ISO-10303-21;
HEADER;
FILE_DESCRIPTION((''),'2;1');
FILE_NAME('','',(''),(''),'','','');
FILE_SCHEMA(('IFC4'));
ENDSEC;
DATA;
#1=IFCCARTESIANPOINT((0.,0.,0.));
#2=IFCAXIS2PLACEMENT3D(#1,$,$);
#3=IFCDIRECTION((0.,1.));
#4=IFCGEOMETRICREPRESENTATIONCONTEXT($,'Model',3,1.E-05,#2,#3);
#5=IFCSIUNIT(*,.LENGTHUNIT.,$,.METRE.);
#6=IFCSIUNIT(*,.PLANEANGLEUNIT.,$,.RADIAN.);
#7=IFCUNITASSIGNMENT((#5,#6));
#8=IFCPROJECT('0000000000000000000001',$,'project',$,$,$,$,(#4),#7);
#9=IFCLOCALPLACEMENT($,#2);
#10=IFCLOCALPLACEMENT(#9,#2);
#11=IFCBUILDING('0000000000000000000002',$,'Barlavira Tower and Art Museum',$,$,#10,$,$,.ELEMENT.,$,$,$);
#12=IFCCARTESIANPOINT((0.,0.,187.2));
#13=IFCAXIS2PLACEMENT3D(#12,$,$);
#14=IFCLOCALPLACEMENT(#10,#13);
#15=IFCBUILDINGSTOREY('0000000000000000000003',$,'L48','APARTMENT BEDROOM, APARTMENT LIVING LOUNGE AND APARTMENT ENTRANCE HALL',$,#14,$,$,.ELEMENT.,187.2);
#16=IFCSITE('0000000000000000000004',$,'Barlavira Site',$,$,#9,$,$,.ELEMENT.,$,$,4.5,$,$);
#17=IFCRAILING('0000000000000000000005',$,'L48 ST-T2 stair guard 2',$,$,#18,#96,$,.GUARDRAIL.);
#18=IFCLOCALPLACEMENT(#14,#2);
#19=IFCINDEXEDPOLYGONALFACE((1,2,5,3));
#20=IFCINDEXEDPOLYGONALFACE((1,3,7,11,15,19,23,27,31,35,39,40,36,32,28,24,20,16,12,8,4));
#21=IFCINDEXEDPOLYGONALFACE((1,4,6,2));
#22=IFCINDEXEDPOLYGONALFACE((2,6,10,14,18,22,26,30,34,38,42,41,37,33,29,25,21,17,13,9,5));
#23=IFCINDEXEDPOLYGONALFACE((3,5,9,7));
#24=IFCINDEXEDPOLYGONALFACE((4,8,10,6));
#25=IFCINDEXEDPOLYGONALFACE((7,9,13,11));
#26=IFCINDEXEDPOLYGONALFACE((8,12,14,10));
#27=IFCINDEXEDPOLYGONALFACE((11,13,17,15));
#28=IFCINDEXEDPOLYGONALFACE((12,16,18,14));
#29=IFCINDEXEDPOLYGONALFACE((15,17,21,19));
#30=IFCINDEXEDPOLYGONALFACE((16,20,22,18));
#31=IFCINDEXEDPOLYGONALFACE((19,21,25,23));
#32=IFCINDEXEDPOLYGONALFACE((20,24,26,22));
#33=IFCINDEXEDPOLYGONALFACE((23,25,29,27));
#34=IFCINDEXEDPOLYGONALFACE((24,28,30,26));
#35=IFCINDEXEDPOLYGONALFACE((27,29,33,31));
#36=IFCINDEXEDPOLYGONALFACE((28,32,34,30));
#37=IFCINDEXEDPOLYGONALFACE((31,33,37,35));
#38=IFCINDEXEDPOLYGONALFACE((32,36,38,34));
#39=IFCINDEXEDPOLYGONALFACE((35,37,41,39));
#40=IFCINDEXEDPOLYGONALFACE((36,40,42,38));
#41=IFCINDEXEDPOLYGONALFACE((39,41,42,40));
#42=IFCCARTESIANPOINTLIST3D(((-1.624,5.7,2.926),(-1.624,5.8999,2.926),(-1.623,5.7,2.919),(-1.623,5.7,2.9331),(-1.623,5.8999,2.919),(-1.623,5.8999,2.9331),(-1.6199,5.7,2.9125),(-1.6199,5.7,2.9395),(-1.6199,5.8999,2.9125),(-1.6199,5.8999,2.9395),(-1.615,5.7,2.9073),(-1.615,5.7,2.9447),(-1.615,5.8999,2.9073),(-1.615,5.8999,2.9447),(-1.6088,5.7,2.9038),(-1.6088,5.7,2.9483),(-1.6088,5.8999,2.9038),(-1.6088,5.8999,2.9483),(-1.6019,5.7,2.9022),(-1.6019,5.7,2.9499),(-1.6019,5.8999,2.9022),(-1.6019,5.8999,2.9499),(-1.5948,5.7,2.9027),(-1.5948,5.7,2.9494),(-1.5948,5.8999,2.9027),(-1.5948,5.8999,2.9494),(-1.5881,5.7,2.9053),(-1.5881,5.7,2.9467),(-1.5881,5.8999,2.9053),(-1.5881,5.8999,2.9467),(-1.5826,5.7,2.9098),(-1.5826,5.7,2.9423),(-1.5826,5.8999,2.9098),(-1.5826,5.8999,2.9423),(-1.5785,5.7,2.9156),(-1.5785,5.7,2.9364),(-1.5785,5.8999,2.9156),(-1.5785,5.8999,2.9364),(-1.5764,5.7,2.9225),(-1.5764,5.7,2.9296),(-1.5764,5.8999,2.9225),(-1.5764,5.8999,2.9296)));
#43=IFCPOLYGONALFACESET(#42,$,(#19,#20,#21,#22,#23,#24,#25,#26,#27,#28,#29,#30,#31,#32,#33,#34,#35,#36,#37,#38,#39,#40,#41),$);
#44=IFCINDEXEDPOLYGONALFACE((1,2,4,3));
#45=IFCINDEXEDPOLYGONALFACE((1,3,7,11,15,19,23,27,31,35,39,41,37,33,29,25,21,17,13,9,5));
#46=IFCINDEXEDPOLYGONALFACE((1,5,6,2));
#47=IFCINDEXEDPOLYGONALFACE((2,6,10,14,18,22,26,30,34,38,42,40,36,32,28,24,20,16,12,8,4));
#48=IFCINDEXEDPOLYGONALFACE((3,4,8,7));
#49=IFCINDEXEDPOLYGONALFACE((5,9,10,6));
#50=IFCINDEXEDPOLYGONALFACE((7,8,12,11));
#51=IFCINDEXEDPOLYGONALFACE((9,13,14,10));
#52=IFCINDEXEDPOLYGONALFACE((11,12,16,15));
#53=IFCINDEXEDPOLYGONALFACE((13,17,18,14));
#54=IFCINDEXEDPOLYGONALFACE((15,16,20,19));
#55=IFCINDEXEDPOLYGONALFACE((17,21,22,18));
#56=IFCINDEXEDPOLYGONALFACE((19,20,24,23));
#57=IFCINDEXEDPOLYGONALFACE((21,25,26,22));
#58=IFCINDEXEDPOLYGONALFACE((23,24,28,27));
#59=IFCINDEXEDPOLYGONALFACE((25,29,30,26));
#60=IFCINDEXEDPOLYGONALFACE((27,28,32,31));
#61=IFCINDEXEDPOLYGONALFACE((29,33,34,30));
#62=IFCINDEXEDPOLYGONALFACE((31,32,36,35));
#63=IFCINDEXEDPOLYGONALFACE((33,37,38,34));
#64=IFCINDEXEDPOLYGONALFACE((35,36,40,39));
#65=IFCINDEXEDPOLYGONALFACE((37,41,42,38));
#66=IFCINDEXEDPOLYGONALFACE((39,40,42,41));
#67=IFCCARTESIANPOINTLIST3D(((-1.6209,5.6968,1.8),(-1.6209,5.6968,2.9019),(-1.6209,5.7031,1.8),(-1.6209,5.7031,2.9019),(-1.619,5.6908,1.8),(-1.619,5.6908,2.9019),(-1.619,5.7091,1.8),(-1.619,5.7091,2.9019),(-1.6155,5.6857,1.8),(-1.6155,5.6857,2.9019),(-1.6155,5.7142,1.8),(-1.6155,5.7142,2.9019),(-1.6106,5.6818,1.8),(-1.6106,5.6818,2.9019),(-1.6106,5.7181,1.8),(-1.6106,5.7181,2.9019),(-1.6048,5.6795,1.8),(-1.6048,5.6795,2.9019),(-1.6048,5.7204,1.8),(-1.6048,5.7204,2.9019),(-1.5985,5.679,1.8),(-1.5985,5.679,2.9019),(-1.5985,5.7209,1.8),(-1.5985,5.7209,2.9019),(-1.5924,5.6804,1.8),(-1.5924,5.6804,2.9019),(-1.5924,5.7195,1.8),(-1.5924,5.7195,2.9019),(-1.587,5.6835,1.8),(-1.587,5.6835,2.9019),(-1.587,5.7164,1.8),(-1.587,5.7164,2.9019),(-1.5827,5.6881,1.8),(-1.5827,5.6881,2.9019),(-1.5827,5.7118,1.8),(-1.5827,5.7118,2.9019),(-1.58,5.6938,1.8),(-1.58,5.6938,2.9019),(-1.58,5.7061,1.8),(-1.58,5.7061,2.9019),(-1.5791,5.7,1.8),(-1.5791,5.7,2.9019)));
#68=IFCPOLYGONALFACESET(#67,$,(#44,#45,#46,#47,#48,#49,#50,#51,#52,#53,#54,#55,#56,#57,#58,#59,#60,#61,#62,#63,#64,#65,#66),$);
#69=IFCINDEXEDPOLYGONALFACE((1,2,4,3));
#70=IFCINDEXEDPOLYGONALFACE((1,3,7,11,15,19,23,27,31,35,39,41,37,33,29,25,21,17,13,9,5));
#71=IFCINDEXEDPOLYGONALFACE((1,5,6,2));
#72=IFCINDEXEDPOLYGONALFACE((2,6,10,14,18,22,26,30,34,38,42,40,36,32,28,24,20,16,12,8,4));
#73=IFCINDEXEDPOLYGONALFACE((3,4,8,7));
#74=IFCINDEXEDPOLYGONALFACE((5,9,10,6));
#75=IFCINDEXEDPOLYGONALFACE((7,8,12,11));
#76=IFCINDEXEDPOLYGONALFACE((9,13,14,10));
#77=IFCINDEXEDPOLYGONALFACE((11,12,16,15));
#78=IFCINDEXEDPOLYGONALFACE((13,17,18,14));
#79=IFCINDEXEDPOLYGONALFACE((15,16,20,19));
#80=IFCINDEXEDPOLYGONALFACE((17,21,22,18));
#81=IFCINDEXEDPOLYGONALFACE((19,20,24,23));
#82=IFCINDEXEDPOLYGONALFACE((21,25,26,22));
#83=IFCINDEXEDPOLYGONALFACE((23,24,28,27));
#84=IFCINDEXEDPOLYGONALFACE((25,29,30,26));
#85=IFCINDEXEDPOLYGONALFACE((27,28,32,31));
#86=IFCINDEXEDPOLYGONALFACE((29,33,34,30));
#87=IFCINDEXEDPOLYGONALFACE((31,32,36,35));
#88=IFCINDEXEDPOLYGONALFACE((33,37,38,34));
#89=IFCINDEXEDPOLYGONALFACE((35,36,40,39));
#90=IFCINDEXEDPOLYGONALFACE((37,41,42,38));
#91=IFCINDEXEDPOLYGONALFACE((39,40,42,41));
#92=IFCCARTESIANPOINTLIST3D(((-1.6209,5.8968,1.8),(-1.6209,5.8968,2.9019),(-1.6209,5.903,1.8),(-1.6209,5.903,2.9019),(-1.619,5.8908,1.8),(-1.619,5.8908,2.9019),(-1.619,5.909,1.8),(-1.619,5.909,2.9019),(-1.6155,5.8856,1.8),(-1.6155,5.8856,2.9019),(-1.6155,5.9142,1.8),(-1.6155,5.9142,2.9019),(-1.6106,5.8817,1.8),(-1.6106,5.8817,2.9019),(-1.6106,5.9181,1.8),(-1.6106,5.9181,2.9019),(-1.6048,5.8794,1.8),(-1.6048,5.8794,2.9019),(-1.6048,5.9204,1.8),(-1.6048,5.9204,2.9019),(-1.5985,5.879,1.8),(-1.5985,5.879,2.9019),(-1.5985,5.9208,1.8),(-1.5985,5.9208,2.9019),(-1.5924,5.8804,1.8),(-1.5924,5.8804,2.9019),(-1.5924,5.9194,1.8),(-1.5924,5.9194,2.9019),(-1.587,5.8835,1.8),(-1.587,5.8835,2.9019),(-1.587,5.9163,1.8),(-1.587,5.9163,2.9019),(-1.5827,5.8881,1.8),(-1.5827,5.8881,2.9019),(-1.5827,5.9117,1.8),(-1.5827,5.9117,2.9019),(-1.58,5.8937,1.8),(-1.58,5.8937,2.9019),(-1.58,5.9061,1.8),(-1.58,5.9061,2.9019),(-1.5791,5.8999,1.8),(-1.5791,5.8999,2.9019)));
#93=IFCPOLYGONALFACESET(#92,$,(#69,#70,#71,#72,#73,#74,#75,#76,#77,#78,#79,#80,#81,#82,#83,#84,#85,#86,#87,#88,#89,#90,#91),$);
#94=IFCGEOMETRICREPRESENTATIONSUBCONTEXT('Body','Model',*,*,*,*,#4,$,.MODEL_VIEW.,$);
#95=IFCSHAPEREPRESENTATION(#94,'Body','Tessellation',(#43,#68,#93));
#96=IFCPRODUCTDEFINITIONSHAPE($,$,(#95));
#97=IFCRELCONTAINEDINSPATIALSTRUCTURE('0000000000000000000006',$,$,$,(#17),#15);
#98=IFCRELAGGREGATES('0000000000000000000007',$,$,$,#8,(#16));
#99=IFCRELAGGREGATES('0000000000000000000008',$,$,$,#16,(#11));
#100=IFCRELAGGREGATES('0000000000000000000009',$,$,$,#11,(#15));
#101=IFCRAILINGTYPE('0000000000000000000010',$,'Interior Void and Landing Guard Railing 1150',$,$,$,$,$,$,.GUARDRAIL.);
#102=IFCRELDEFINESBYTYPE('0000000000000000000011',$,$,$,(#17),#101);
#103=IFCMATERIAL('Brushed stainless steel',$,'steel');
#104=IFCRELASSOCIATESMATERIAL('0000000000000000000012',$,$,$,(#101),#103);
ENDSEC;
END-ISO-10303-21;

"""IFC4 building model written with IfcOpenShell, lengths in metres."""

from ifc_helpers import new_model, si_unit, direction, frame, origin, origin_2d, place, context, subcontext, project, spatial, circle, extrude, material, type_object, element, save


model = new_model("IFC4")

# Units and contexts
model_context = context("Model", 3, precision=1e-05, world=origin(), true_north=direction((0.0, 1.0)))
body_context = subcontext(model_context, "Body", "Model", "MODEL_VIEW")
ifc_project = project(units=[si_unit("LENGTHUNIT", "METRE"), si_unit("PLANEANGLEUNIT", "RADIAN")], contexts=[model_context])

# Site, building, storey
site_placement = place(None, origin())
site = spatial("IfcSite", under=ifc_project, at=site_placement, Name="Barlavira Site", CompositionType="ELEMENT", RefElevation=4.5)
building_placement = place(site_placement, origin())
building = spatial("IfcBuilding", under=site, at=building_placement, Name="Barlavira Tower and Art Museum", CompositionType="ELEMENT")
storey_placement = place(building_placement, frame((0.0, 0.0, 187.2)))
storey = spatial("IfcBuildingStorey", under=building, at=storey_placement, Name="L48", Description="APARTMENT BEDROOM, APARTMENT LIVING LOUNGE AND APARTMENT ENTRANCE HALL", CompositionType="ELEMENT", Elevation=187.2)

# Shared definitions
ifc_material_1 = material(Name="Brushed stainless steel", Category="steel")

# Railing
railing_type_1 = type_object("IfcRailingType", Name="Interior Void and Landing Guard Railing 1150", PredefinedType="GUARDRAIL", material=ifc_material_1)
railing_1_placement = place(storey_placement, frame((-1.6001, 5.7, 1.8)))
element("IfcRailing", 1, at=railing_1_placement, inside=storey, type_object=railing_type_1, Name="L48 ST-T2 stair guard 2", PredefinedType="GUARDRAIL", context=body_context, shape_type="SweptSolid", body=[
    extrude(circle(Radius=0.0239, at=origin_2d()), frame((0.0, 0.0, 1.126), z_axis=(0.0, 1.0, 0.0), x_axis=(-1.0, 0.0, 0.0)), (0.0, 0.0, 1.0), 0.2),
    extrude(circle(Radius=0.021, at=origin_2d()), origin(), (0.0, 0.0, 1.0), 1.1018),
    extrude(circle(Radius=0.021, at=origin_2d()), frame((0.0, 0.2, 0.0)), (0.0, 0.0, 1.0), 1.1018),
])

save(model, "model.ifc")
